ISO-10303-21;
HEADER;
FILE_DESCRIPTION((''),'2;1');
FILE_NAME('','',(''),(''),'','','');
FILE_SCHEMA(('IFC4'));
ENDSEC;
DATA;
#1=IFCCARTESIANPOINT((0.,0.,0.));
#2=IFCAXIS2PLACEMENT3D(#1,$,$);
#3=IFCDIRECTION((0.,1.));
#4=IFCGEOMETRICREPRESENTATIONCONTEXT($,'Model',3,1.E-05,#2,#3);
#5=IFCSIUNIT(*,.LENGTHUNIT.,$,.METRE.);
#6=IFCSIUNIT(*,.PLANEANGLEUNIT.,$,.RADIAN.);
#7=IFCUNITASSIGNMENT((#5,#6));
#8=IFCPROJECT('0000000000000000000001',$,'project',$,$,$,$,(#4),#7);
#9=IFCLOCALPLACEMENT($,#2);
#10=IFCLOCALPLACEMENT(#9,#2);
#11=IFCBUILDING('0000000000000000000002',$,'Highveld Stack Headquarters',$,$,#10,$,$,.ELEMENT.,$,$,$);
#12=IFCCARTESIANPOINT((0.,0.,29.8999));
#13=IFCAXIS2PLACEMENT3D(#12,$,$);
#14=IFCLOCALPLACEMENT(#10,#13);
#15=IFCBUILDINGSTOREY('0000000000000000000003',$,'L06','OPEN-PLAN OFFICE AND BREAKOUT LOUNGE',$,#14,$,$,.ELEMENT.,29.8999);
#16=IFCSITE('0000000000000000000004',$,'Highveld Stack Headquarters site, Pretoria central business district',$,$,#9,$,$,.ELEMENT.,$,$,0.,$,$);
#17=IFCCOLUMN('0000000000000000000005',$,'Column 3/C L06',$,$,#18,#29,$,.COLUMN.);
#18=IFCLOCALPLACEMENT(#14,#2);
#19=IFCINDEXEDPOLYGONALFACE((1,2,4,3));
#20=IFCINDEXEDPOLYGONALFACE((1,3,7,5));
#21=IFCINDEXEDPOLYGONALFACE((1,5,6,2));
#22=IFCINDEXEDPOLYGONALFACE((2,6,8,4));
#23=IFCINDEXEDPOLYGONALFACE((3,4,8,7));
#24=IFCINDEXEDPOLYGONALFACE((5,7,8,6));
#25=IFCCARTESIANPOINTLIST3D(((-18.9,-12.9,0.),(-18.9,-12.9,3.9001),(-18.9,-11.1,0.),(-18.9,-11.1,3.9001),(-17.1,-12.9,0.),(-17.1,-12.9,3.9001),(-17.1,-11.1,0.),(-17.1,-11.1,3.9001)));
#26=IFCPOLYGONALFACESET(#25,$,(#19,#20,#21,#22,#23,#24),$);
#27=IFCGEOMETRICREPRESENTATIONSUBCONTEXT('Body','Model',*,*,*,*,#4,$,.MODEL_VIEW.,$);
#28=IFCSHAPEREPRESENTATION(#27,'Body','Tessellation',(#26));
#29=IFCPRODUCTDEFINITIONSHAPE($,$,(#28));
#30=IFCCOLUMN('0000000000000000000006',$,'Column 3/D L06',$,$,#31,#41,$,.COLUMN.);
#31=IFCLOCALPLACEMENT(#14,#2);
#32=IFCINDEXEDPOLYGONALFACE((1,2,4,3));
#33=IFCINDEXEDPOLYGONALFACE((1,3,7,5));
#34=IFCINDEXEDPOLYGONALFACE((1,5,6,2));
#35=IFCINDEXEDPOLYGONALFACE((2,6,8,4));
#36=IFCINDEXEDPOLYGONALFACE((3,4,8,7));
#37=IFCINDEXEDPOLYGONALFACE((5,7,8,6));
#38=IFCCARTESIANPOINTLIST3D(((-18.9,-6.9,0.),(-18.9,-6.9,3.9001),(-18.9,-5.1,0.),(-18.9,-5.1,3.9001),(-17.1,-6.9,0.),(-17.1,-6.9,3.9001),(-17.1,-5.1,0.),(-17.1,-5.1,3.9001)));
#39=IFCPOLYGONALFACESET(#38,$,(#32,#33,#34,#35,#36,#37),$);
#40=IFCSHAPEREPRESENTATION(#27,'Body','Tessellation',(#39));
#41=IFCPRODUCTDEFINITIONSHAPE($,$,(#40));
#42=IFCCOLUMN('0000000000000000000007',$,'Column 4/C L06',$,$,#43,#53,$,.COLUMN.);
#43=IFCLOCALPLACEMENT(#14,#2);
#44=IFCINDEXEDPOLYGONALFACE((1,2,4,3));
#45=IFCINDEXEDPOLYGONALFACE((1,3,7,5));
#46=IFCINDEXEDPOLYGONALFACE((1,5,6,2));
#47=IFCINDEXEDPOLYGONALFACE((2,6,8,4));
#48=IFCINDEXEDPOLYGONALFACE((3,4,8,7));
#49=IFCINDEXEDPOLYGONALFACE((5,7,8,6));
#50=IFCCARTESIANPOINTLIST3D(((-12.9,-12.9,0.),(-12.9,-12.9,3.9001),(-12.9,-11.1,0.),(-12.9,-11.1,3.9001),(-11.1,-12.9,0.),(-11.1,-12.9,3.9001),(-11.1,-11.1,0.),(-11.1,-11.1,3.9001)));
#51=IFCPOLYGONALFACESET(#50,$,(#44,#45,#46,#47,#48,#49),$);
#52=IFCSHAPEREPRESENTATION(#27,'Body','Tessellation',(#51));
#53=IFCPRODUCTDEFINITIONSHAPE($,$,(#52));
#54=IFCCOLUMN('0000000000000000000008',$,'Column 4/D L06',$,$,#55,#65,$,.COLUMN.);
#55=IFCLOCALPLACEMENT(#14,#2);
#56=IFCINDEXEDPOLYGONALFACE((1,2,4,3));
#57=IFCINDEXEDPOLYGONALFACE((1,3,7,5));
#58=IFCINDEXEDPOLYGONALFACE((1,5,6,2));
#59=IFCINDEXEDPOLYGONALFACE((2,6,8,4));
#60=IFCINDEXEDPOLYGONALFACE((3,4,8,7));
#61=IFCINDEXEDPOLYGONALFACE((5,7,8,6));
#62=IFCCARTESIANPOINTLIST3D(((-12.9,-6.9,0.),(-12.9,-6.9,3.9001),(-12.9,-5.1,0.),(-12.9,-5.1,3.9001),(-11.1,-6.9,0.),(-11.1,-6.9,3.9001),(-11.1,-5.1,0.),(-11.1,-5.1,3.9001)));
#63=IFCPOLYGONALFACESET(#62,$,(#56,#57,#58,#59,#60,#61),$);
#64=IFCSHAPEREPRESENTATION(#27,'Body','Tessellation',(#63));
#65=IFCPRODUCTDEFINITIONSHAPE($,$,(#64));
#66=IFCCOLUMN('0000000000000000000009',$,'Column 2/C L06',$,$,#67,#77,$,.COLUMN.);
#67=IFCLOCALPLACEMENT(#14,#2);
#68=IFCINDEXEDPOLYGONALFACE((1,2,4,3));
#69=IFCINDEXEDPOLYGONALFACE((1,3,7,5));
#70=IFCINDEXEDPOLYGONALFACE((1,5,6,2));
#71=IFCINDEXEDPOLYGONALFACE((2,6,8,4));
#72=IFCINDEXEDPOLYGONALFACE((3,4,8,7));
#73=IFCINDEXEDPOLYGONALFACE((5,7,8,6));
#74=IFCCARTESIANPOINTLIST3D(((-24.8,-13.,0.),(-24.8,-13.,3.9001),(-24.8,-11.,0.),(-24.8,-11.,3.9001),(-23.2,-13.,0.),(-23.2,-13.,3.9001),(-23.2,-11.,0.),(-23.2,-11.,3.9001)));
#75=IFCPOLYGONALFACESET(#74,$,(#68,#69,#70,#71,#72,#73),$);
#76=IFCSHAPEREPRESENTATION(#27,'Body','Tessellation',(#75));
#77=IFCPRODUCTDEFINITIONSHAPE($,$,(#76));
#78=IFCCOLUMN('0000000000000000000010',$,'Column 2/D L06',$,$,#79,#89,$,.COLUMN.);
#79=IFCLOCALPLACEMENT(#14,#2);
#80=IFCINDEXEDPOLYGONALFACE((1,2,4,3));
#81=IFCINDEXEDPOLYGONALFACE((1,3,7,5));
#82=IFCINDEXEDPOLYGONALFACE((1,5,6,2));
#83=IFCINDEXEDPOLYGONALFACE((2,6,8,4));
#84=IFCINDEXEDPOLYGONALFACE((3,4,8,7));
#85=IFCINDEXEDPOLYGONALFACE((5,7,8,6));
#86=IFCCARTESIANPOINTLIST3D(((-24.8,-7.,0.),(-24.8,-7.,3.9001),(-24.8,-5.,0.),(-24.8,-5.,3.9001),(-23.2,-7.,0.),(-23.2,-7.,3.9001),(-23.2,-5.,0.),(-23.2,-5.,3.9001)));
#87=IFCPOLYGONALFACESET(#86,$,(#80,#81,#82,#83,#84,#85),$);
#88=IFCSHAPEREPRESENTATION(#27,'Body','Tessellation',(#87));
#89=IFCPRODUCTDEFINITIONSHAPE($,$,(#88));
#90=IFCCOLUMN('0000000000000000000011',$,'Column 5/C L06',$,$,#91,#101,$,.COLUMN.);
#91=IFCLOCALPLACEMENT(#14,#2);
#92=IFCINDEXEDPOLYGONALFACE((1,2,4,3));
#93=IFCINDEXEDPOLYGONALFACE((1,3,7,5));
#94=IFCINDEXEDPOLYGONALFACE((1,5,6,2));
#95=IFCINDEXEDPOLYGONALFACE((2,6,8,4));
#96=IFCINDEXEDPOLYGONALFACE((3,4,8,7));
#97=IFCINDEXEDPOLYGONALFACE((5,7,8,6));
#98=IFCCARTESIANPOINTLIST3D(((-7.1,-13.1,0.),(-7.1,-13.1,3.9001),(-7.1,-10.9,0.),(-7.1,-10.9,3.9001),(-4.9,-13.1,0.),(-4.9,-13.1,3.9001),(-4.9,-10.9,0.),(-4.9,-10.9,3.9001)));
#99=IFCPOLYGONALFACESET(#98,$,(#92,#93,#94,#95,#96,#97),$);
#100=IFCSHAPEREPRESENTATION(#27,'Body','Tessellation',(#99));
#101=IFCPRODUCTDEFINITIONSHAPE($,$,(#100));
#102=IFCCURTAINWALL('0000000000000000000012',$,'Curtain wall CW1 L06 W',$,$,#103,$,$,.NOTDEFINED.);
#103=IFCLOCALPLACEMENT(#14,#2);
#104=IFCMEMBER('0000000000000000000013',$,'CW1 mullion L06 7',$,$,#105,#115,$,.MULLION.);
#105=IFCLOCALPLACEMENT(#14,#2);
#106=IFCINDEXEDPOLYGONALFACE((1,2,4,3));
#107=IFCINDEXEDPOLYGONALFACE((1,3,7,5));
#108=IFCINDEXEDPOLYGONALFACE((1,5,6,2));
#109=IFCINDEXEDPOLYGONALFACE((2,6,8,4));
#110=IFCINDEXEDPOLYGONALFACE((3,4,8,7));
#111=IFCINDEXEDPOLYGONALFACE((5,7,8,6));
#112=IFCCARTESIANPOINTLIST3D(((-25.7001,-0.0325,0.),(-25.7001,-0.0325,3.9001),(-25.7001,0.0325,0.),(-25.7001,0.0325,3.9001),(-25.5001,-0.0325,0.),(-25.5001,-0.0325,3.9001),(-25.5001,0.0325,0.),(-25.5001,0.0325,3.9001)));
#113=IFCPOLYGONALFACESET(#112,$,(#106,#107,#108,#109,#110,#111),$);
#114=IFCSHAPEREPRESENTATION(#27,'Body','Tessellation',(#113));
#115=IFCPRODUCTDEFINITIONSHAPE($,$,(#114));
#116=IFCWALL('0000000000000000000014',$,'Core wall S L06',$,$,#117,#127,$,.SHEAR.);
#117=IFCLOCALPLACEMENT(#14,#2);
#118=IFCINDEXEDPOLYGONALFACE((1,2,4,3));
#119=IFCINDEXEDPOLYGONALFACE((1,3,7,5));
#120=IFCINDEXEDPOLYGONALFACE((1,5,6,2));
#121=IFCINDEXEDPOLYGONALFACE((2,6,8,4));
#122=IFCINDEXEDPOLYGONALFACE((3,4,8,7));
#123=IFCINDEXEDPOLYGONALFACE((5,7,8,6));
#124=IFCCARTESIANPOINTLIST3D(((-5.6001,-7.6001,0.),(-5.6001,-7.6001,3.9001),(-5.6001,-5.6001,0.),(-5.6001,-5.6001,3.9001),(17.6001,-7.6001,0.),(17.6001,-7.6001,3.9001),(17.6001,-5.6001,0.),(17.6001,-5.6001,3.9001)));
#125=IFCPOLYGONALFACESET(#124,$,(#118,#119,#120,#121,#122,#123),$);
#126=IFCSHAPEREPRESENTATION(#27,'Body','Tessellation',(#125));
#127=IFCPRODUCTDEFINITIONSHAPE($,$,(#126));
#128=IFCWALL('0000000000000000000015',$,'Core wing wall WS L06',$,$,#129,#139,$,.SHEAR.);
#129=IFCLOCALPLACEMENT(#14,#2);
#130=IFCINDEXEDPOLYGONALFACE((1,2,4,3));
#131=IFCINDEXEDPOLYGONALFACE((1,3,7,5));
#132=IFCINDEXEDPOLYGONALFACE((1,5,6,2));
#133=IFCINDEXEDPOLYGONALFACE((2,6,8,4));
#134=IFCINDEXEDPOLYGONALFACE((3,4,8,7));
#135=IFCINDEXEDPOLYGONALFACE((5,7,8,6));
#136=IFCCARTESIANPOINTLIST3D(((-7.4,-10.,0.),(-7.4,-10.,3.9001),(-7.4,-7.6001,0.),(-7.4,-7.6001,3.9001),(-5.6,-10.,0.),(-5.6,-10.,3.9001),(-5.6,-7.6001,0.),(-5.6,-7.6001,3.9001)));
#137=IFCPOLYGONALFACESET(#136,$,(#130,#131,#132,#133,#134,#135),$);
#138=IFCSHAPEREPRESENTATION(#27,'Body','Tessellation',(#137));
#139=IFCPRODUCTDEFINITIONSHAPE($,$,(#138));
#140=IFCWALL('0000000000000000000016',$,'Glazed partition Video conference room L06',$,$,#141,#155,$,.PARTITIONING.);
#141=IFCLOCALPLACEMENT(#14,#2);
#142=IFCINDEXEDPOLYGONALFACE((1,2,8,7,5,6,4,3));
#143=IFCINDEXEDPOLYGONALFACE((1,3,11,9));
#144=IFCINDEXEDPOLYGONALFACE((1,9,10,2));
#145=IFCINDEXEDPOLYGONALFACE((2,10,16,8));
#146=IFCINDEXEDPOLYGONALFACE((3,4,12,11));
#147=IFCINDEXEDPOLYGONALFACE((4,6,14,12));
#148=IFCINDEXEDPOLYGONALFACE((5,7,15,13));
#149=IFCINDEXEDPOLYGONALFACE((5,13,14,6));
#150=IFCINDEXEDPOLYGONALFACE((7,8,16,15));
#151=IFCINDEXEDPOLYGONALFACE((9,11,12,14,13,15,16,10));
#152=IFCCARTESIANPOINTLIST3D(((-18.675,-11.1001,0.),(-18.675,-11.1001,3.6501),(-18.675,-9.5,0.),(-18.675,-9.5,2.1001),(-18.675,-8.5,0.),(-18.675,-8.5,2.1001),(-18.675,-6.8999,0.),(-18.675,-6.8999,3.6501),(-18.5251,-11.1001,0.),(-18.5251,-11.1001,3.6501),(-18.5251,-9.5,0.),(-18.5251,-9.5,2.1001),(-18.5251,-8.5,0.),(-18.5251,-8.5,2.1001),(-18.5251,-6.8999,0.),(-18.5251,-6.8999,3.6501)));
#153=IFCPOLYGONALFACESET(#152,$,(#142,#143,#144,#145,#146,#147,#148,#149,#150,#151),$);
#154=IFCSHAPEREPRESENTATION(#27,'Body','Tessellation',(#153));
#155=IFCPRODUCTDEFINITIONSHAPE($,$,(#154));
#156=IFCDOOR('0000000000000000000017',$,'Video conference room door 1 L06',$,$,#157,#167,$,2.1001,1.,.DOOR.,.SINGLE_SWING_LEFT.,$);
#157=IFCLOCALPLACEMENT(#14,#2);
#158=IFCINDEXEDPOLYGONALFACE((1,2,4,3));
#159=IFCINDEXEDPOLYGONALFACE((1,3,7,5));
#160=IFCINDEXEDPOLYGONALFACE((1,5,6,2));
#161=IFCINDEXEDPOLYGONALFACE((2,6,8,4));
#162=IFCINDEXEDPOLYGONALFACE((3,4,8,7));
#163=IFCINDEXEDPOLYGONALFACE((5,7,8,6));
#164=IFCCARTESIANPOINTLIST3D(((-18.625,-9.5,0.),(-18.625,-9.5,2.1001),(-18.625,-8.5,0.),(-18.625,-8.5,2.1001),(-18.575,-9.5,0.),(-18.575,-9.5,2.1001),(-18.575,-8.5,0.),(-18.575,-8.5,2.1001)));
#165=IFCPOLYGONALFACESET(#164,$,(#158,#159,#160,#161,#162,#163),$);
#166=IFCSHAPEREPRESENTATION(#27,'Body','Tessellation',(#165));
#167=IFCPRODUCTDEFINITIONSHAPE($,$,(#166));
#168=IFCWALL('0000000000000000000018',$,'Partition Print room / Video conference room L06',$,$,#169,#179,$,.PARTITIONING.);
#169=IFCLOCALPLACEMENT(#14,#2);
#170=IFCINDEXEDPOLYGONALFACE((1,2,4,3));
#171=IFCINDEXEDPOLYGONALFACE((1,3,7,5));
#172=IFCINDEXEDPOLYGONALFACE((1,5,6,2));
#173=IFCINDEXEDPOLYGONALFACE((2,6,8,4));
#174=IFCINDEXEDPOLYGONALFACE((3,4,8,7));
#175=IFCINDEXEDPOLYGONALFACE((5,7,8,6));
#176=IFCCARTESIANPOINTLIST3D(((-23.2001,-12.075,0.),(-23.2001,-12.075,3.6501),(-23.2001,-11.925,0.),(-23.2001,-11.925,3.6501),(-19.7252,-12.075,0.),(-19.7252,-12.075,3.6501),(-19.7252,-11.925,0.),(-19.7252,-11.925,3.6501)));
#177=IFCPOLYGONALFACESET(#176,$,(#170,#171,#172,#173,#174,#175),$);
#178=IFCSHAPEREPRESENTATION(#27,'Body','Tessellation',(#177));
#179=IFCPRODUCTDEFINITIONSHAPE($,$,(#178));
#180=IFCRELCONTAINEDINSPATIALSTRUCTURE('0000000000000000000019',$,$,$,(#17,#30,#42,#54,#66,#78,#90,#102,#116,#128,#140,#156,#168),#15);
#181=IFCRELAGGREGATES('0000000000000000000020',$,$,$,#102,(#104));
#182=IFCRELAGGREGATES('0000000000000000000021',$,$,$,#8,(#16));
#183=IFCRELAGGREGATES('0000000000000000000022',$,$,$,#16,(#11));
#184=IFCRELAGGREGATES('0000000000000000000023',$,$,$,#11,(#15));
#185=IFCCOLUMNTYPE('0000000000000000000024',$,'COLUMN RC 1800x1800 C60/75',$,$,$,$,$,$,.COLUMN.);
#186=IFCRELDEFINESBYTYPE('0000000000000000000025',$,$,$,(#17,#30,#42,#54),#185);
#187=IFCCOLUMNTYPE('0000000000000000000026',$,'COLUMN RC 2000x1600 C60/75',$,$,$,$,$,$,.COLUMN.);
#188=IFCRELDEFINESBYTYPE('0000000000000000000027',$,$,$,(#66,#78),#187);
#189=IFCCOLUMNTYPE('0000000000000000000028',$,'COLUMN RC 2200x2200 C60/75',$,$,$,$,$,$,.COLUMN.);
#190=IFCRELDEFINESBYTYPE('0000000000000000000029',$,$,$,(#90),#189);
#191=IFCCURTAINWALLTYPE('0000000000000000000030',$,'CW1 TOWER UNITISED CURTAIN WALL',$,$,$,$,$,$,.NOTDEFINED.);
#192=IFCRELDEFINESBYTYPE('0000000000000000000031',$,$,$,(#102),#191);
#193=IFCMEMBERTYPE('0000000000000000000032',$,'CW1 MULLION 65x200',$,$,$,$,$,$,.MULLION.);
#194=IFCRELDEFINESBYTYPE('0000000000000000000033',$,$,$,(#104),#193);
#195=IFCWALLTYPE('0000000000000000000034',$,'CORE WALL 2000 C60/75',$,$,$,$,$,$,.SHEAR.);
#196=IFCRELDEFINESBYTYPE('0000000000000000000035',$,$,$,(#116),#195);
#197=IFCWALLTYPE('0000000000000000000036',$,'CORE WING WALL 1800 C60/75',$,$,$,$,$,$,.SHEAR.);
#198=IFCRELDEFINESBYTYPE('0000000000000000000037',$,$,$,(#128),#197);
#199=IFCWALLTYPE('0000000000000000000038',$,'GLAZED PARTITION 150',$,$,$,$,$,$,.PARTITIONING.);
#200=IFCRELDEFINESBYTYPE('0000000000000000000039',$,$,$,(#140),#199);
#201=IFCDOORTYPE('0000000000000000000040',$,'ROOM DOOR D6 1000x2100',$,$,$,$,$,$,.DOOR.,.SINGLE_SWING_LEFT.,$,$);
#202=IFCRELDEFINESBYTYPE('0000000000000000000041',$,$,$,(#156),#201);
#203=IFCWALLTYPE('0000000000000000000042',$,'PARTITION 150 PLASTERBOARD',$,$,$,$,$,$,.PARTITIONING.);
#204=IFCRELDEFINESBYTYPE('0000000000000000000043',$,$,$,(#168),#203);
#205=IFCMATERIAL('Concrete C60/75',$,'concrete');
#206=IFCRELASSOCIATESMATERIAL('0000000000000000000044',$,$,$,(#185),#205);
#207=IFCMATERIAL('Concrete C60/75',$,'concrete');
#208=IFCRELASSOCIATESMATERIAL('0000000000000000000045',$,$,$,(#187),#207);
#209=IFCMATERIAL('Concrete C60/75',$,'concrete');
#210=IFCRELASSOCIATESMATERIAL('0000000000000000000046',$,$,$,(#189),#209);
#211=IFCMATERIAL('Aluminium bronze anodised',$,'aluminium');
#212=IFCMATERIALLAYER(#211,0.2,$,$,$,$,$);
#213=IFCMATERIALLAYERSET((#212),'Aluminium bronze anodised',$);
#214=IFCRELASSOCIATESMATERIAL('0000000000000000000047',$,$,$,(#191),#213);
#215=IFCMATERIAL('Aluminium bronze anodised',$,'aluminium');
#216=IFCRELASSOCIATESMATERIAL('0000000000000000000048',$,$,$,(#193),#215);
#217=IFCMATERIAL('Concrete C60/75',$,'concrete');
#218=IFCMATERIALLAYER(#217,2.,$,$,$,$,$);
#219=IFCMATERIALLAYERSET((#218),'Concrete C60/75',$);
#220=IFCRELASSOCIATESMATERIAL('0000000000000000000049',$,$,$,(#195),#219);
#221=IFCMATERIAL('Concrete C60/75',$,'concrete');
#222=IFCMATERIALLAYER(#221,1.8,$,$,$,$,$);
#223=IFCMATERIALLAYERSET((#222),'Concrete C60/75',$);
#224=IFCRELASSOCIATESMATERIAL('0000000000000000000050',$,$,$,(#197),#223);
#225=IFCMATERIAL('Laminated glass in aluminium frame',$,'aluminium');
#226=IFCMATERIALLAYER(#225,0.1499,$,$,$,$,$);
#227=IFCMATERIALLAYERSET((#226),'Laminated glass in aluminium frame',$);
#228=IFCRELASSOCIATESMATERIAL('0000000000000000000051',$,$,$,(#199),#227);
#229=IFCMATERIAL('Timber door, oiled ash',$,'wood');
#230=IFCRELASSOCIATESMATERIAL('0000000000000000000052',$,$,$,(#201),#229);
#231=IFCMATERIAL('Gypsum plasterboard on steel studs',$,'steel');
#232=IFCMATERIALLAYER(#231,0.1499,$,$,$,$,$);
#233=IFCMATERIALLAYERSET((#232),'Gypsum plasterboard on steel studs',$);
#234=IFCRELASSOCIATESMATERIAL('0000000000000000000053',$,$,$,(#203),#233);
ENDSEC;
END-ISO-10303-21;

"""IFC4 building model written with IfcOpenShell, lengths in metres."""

from ifc_helpers import new_model, si_unit, direction, frame, frame_2d, origin, origin_2d, place, context, subcontext, project, spatial, rectangle, extrude, material, layer, layer_set, material_profile, profile_set, type_object, element, fill, aggregate, save


model = new_model("IFC4")

# Units and contexts
model_context = context("Model", 3, precision=1e-05, world=origin(), true_north=direction((0.0, 1.0)))
body_context = subcontext(model_context, "Body", "Model", "MODEL_VIEW")
ifc_project = project(units=[si_unit("LENGTHUNIT", "METRE"), si_unit("PLANEANGLEUNIT", "RADIAN")], contexts=[model_context])

# Site, building, storey
site_placement = place(None, origin())
site = spatial("IfcSite", under=ifc_project, at=site_placement, Name="Highveld Stack Headquarters site, Pretoria central business district", CompositionType="ELEMENT", RefElevation=0.0)
building_placement = place(site_placement, origin())
building = spatial("IfcBuilding", under=site, at=building_placement, Name="Highveld Stack Headquarters", CompositionType="ELEMENT")
storey_placement = place(building_placement, frame((0.0, 0.0, 29.8999)))
storey = spatial("IfcBuildingStorey", under=building, at=storey_placement, Name="L06", Description="OPEN-PLAN OFFICE AND BREAKOUT LOUNGE", CompositionType="ELEMENT", Elevation=29.8999)

# Columns
ifc_material_1 = material(Name="Concrete C60/75", Category="concrete")
ifc_material_profile_1 = material_profile(ifc_material_1, rectangle(XDim=1.8, YDim=1.8, at=origin_2d()), Name="RC 1800x1800")
ifc_profile_set_1 = profile_set([ifc_material_profile_1], Name="Concrete C60/75")
column_type_1 = type_object("IfcColumnType", Name="COLUMN RC 1800x1800 C60/75", PredefinedType="COLUMN", material=ifc_profile_set_1)
for number, where, z_axis, x_axis, name in (
    (1, (-18.0, -12.0, 0.0), (0.0, 0.0, 1.0), (1.0, 0.0, 0.0), "Column 3/C L06"),
    (2, (-18.0, -6.0, 0.0), (0.0, 0.0, 1.0), (1.0, 0.0, 0.0), "Column 3/D L06"),
    (3, (-12.0, -12.0, 0.0), (0.0, 0.0, 1.0), (1.0, 0.0, 0.0), "Column 4/C L06"),
    (4, (-12.0, -6.0, 0.0), (0.0, 0.0, 1.0), (1.0, 0.0, 0.0), "Column 4/D L06"),
):
    element("IfcColumn", number, at=place(storey_placement, frame(where, z_axis=z_axis, x_axis=x_axis)), inside=storey, type_object=column_type_1, Name=name, PredefinedType="COLUMN", context=body_context, shape_type="SweptSolid", body=[
        extrude(rectangle(XDim=1.8, YDim=1.8, at=origin_2d()), origin(), (0.0, 0.0, 1.0), 3.9001),
    ])
ifc_material_2 = material(Name="Concrete C60/75", Category="concrete")
ifc_material_profile_2 = material_profile(ifc_material_2, rectangle(XDim=2.0, YDim=1.6001, at=origin_2d()), Name="RC 2000x1600")
ifc_profile_set_2 = profile_set([ifc_material_profile_2], Name="Concrete C60/75")
column_type_2 = type_object("IfcColumnType", Name="COLUMN RC 2000x1600 C60/75", PredefinedType="COLUMN", material=ifc_profile_set_2)
for number, where, z_axis, x_axis, name in (
    (5, (-24.0, -12.0, 0.0), (0.0, 0.0, 1.0), (0.0, 1.0, 0.0), "Column 2/C L06"),
    (6, (-24.0, -6.0, 0.0), (0.0, 0.0, 1.0), (0.0, 1.0, 0.0), "Column 2/D L06"),
):
    element("IfcColumn", number, at=place(storey_placement, frame(where, z_axis=z_axis, x_axis=x_axis)), inside=storey, type_object=column_type_2, Name=name, PredefinedType="COLUMN", context=body_context, shape_type="SweptSolid", body=[
        extrude(rectangle(XDim=2.0, YDim=1.6001, at=origin_2d()), origin(), (0.0, 0.0, 1.0), 3.9001),
    ])
ifc_material_3 = material(Name="Concrete C60/75", Category="concrete")
ifc_material_profile_3 = material_profile(ifc_material_3, rectangle(XDim=2.2, YDim=2.2, at=origin_2d()), Name="RC 2200x2200")
ifc_profile_set_3 = profile_set([ifc_material_profile_3], Name="Concrete C60/75")
column_type_3 = type_object("IfcColumnType", Name="COLUMN RC 2200x2200 C60/75", PredefinedType="COLUMN", material=ifc_profile_set_3)
column_placement = place(storey_placement, frame((-6.0, -12.0, 0.0), z_axis=(0.0, 0.0, 1.0), x_axis=(1.0, 0.0, 0.0)))
element("IfcColumn", 7, at=column_placement, inside=storey, type_object=column_type_3, Name="Column 5/C L06", PredefinedType="COLUMN", context=body_context, shape_type="SweptSolid", body=[
    extrude(rectangle(XDim=2.2, YDim=2.2, at=origin_2d()), origin(), (0.0, 0.0, 1.0), 3.9001),
])

# Curtain wall, member
ifc_material_4 = material(Name="Aluminium bronze anodised", Category="aluminium")
ifc_layer_1 = layer(ifc_material_4, 0.2)
ifc_layer_set_1 = layer_set([ifc_layer_1], Name="Aluminium bronze anodised")
curtain_wall_type = type_object("IfcCurtainWallType", Name="CW1 TOWER UNITISED CURTAIN WALL", PredefinedType="NOTDEFINED", material=ifc_layer_set_1)
curtain_wall_placement = place(storey_placement, origin())
curtain_wall = element("IfcCurtainWall", 8, at=curtain_wall_placement, inside=storey, type_object=curtain_wall_type, Name="Curtain wall CW1 L06 W", PredefinedType="NOTDEFINED")
ifc_material_5 = material(Name="Aluminium bronze anodised", Category="aluminium")
ifc_material_profile_4 = material_profile(ifc_material_5, rectangle(XDim=0.2, YDim=0.0649, at=origin_2d()), Name="CW1 MULLION 65x200")
ifc_profile_set_4 = profile_set([ifc_material_profile_4], Name="Aluminium bronze anodised")
member_type = type_object("IfcMemberType", Name="CW1 MULLION 65x200", PredefinedType="MULLION", material=ifc_profile_set_4)
member_placement = place(storey_placement, frame((-25.6001, 0.0, 0.0), z_axis=(0.0, 0.0, 1.0), x_axis=(1.0, 0.0, 0.0)))
member = element("IfcMember", 9, at=member_placement, type_object=member_type, Name="CW1 mullion L06 7", PredefinedType="MULLION", context=body_context, shape_type="SweptSolid", body=[
    extrude(rectangle(XDim=0.2, YDim=0.0649, at=origin_2d()), origin(), (0.0, 0.0, 1.0), 3.9001),
])
aggregate(curtain_wall, [member])

# Walls
ifc_material_6 = material(Name="Concrete C60/75", Category="concrete")
ifc_layer_2 = layer(ifc_material_6, 2.0)
ifc_layer_set_2 = layer_set([ifc_layer_2], Name="Concrete C60/75")
wall_type_1 = type_object("IfcWallType", Name="CORE WALL 2000 C60/75", PredefinedType="SHEAR", material=ifc_layer_set_2)
wall_1_placement = place(storey_placement, frame((-5.6001, -6.6001, 0.0), z_axis=(0.0, 0.0, 1.0), x_axis=(1.0, 0.0, 0.0)))
element("IfcWall", 10, at=wall_1_placement, inside=storey, type_object=wall_type_1, Name="Core wall S L06", PredefinedType="SHEAR", context=body_context, shape_type="SweptSolid", body=[
    extrude(rectangle(XDim=23.2002, YDim=2.0, at=frame_2d((11.6001, 0.0))), origin(), (0.0, 0.0, 1.0), 3.9001),
])
ifc_material_7 = material(Name="Concrete C60/75", Category="concrete")
ifc_layer_3 = layer(ifc_material_7, 1.8)
ifc_layer_set_3 = layer_set([ifc_layer_3], Name="Concrete C60/75")
wall_type_2 = type_object("IfcWallType", Name="CORE WING WALL 1800 C60/75", PredefinedType="SHEAR", material=ifc_layer_set_3)
wall_2_placement = place(storey_placement, frame((-6.5, -10.0, 0.0), z_axis=(0.0, 0.0, 1.0), x_axis=(0.0, 1.0, 0.0)))
element("IfcWall", 11, at=wall_2_placement, inside=storey, type_object=wall_type_2, Name="Core wing wall WS L06", PredefinedType="SHEAR", context=body_context, shape_type="SweptSolid", body=[
    extrude(rectangle(XDim=2.3999, YDim=1.8, at=frame_2d((1.2, 0.0))), origin(), (0.0, 0.0, 1.0), 3.9001),
])

# Wall, opening, door
ifc_material_8 = material(Name="Laminated glass in aluminium frame", Category="aluminium")
ifc_layer_4 = layer(ifc_material_8, 0.1499)
ifc_layer_set_4 = layer_set([ifc_layer_4], Name="Laminated glass in aluminium frame")
wall_type_3 = type_object("IfcWallType", Name="GLAZED PARTITION 150", PredefinedType="PARTITIONING", material=ifc_layer_set_4)
wall_3_placement = place(storey_placement, frame((-18.6001, -11.1001, 0.0), z_axis=(0.0, 0.0, 1.0), x_axis=(0.0, 1.0, 0.0)))
wall_3 = element("IfcWall", 12, at=wall_3_placement, inside=storey, type_object=wall_type_3, Name="Glazed partition Video conference room L06", PredefinedType="PARTITIONING", context=body_context, shape_type="SweptSolid", body=[
    extrude(rectangle(XDim=4.2002, YDim=0.1499, at=frame_2d((2.1001, 0.0))), origin(), (0.0, 0.0, 1.0), 3.6501),
])
opening_1_placement = place(wall_3_placement, frame((1.6001, 0.0, 0.0)))
opening_1 = element("IfcOpeningElement", 13, at=opening_1_placement, cuts=wall_3, PredefinedType="OPENING", context=body_context, shape_type="SweptSolid", body=[
    extrude(rectangle(XDim=1.0, YDim=2.1001, at=frame_2d((0.5, 1.05))), frame((0.0, 0.085, 0.0), z_axis=(0.0, -1.0, 0.0), x_axis=(1.0, 0.0, 0.0)), (0.0, 0.0, 1.0), 0.1699),
])
ifc_material_9 = material(Name="Timber door, oiled ash", Category="wood")
door_type_1 = type_object("IfcDoorType", Name="ROOM DOOR D6 1000x2100", OperationType="SINGLE_SWING_LEFT", PredefinedType="DOOR", material=ifc_material_9)
door_1_placement = place(opening_1_placement, origin())
door_1 = element("IfcDoor", 14, at=door_1_placement, inside=storey, type_object=door_type_1, Name="Video conference room door 1 L06", OperationType="SINGLE_SWING_LEFT", OverallHeight=2.1001, OverallWidth=1.0, PredefinedType="DOOR", context=body_context, shape_type="SweptSolid", body=[
    extrude(rectangle(XDim=1.0, YDim=2.1001, at=frame_2d((0.5, 1.05))), frame((0.0, 0.0249, 0.0), z_axis=(0.0, -1.0, 0.0), x_axis=(1.0, 0.0, 0.0)), (0.0, 0.0, 1.0), 0.05),
])
fill(opening_1, door_1)

# Wall
ifc_material_10 = material(Name="Gypsum plasterboard on steel studs", Category="steel")
ifc_layer_5 = layer(ifc_material_10, 0.1499)
ifc_layer_set_5 = layer_set([ifc_layer_5], Name="Gypsum plasterboard on steel studs")
wall_type_4 = type_object("IfcWallType", Name="PARTITION 150 PLASTERBOARD", PredefinedType="PARTITIONING", material=ifc_layer_set_5)
wall_4_placement = place(storey_placement, frame((-23.2, -12.0, 0.0), z_axis=(0.0, 0.0, 1.0), x_axis=(1.0, 0.0, 0.0)))
element("IfcWall", 15, at=wall_4_placement, inside=storey, type_object=wall_type_4, Name="Partition Print room / Video conference room L06", PredefinedType="PARTITIONING", context=body_context, shape_type="SweptSolid", body=[
    extrude(rectangle(XDim=3.4749, YDim=0.1499, at=frame_2d((1.7373, 0.0))), origin(), (0.0, 0.0, 1.0), 3.6501),
])

save(model, "model.ifc")
